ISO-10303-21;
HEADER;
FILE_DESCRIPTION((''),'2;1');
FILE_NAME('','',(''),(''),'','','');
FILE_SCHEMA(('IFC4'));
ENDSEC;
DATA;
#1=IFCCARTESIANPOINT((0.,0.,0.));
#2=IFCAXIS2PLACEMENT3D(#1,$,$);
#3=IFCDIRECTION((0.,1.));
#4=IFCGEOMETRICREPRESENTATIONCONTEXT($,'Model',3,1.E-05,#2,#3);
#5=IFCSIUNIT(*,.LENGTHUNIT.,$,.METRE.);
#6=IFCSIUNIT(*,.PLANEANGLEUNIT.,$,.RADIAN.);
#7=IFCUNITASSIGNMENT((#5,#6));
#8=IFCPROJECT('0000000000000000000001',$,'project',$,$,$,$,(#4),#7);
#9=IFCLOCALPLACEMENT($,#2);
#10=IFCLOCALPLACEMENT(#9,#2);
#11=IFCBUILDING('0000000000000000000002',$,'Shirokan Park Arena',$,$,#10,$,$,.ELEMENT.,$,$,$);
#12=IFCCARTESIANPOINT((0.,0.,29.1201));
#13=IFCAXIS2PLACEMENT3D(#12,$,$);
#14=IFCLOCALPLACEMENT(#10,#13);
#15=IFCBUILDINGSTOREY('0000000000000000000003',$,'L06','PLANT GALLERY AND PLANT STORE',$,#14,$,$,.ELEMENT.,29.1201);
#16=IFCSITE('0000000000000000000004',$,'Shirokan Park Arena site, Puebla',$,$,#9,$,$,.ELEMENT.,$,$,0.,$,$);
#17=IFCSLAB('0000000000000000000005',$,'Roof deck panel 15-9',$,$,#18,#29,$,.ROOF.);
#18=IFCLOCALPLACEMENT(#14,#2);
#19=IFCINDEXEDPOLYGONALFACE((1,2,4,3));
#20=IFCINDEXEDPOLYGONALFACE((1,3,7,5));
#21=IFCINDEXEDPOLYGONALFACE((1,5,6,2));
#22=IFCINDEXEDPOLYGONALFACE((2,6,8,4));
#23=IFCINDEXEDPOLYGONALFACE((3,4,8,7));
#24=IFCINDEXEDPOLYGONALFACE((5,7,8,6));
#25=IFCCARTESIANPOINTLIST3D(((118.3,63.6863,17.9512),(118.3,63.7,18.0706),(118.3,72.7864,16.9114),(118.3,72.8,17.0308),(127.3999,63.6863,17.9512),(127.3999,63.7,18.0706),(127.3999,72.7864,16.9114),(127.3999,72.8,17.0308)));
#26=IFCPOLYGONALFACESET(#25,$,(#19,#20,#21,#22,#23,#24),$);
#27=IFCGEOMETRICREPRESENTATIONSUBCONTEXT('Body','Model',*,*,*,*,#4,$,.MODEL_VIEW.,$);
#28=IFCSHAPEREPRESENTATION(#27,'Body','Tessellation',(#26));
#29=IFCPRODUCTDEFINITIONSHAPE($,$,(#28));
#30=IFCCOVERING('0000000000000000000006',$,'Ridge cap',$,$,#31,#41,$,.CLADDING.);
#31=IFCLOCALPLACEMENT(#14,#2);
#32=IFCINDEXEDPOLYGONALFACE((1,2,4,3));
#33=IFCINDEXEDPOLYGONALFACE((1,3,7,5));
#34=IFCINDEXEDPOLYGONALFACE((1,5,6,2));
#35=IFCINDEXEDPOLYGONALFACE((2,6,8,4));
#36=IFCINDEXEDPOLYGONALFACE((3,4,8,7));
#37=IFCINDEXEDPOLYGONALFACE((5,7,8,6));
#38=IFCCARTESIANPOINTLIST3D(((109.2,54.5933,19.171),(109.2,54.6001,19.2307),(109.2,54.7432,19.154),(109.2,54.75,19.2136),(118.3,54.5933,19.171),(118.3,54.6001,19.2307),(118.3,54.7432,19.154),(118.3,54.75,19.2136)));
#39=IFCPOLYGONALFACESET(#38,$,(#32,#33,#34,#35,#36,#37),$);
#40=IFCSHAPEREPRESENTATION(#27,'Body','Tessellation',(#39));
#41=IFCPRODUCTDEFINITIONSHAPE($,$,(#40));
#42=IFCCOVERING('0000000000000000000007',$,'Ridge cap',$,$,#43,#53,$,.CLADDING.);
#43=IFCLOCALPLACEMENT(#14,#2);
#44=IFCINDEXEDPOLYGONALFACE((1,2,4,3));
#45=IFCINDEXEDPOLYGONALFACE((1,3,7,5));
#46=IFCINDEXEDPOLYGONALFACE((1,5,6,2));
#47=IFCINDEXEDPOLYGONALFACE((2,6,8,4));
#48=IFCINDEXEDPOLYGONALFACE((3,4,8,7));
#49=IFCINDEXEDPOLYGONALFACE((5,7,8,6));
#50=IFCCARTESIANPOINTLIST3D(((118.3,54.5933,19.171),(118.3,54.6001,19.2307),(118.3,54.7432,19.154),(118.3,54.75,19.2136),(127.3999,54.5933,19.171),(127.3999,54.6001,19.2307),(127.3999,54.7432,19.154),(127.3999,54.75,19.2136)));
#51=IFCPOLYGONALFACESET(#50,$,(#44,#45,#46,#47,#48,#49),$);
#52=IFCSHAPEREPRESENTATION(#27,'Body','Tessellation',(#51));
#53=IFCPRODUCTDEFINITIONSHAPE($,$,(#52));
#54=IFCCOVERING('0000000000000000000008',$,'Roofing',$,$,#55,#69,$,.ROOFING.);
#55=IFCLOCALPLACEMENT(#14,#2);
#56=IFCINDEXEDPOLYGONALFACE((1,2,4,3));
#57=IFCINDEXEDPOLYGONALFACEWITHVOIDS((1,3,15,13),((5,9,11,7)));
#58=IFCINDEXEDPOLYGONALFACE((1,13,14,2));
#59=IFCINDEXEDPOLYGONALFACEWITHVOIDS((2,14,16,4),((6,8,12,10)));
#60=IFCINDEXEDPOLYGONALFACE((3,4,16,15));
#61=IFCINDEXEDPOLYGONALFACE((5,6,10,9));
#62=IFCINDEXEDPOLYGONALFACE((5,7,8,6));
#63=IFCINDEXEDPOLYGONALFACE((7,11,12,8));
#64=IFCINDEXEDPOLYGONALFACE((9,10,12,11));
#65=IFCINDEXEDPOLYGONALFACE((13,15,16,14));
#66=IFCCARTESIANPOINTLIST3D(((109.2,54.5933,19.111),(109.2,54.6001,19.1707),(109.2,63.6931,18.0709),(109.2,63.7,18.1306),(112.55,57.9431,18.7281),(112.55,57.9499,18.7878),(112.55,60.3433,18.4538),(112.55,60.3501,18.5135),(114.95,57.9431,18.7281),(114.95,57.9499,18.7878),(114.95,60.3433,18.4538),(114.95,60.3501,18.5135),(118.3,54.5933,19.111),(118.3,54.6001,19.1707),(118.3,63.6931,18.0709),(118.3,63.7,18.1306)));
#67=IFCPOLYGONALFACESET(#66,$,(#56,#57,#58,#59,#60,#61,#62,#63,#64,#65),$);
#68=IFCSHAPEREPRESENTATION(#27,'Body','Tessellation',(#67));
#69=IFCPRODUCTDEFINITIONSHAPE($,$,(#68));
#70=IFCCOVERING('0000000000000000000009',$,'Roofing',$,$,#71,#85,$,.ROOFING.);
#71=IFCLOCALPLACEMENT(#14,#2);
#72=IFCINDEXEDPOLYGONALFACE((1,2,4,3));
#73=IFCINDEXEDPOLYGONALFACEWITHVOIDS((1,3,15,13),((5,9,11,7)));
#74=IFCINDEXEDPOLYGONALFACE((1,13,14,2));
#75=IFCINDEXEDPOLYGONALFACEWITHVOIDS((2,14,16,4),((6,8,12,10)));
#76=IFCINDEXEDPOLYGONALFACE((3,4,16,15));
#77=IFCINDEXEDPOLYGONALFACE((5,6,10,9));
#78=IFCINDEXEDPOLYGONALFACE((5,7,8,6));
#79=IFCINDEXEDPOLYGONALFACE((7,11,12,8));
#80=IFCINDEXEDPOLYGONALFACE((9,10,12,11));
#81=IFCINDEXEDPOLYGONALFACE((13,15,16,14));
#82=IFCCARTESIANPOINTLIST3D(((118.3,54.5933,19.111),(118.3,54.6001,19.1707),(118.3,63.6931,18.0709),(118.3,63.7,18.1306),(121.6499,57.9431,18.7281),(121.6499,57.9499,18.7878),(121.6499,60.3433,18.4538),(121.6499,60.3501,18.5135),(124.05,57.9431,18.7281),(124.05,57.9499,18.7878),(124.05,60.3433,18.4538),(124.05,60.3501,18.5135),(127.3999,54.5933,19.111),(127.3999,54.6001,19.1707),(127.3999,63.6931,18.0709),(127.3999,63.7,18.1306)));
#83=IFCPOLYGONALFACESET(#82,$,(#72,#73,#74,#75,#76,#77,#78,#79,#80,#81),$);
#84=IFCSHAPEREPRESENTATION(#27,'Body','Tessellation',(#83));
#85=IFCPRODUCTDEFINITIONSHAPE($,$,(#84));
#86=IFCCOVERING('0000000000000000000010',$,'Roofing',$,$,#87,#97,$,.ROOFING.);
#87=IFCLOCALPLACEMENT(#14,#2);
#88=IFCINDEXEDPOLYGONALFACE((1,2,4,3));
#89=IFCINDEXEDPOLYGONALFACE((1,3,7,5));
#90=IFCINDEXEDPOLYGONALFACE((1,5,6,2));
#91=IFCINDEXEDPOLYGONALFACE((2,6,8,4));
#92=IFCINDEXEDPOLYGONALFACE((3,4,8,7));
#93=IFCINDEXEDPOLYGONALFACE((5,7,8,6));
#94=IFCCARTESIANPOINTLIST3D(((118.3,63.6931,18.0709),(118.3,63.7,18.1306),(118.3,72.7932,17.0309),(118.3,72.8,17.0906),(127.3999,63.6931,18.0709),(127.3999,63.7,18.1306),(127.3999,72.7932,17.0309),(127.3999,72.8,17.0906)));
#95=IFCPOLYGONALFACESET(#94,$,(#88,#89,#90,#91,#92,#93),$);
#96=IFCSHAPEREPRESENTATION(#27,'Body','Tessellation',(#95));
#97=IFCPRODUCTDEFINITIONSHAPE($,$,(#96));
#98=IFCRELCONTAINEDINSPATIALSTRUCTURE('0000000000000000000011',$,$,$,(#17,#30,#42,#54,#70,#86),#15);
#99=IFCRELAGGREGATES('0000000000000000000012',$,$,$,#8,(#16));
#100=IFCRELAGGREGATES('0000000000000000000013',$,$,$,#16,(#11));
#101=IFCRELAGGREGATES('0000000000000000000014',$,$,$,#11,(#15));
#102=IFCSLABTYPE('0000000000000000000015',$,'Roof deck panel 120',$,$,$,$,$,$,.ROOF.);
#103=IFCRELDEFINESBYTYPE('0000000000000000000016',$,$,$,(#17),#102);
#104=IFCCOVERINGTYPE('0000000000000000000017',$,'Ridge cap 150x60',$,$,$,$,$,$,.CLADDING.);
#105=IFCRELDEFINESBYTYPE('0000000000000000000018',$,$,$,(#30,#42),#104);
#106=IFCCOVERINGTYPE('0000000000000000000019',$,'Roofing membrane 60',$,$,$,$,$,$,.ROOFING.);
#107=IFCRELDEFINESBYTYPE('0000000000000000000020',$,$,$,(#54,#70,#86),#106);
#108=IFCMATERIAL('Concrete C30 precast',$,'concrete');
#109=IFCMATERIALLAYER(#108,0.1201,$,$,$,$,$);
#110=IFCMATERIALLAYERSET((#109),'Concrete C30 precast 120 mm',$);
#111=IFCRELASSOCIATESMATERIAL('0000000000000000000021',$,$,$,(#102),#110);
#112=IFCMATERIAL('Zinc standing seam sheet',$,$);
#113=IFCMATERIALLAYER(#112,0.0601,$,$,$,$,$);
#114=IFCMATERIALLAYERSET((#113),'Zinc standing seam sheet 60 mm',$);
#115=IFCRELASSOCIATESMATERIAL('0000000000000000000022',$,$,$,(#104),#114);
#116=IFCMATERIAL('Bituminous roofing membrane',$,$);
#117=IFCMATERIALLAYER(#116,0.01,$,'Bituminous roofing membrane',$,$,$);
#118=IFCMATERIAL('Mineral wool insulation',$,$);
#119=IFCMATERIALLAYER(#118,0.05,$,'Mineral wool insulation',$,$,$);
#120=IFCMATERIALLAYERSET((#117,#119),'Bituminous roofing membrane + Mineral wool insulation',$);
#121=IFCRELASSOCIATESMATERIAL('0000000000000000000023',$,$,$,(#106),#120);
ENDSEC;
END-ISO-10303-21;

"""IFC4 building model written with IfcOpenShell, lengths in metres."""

from ifc_helpers import new_model, si_unit, direction, frame, origin, place, context, subcontext, project, spatial, polyline, outline, extrude, material, layer, layer_set, type_object, element, save


model = new_model("IFC4")

# Units and contexts
model_context = context("Model", 3, precision=1e-05, world=origin(), true_north=direction((0.0, 1.0)))
body_context = subcontext(model_context, "Body", "Model", "MODEL_VIEW")
ifc_project = project(units=[si_unit("LENGTHUNIT", "METRE"), si_unit("PLANEANGLEUNIT", "RADIAN")], contexts=[model_context])

# Site, building, storey
site_placement = place(None, origin())
site = spatial("IfcSite", under=ifc_project, at=site_placement, Name="Shirokan Park Arena site, Puebla", CompositionType="ELEMENT", RefElevation=0.0)
building_placement = place(site_placement, origin())
building = spatial("IfcBuilding", under=site, at=building_placement, Name="Shirokan Park Arena", CompositionType="ELEMENT")
storey_placement = place(building_placement, frame((0.0, 0.0, 29.1201)))
storey = spatial("IfcBuildingStorey", under=building, at=storey_placement, Name="L06", Description="PLANT GALLERY AND PLANT STORE", CompositionType="ELEMENT", Elevation=29.1201)

# Shared definitions
ifc_material_1 = material(Name="Concrete C30 precast", Category="concrete")
ifc_layer_1 = layer(ifc_material_1, 0.1201)
ifc_layer_set_1 = layer_set([ifc_layer_1], Name="Concrete C30 precast 120 mm")
slab_type = type_object("IfcSlabType", Name="Roof deck panel 120", PredefinedType="ROOF", material=ifc_layer_set_1)

# Slab
slab_1_placement = place(storey_placement, frame((118.3, 63.7, 18.0706), z_axis=(0.0, 0.113523, 0.993535), x_axis=(1.0, 0.0, 0.0)))
element("IfcSlab", 1, at=slab_1_placement, inside=storey, type_object=slab_type, Name="Roof deck panel 15-9", PredefinedType="ROOF", context=body_context, shape_type="SweptSolid", body=[
    extrude(outline(polyline([(0.0, 0.0), (9.0999, 0.0), (9.0999, 9.1593), (0.0, 9.1593), (0.0, 0.0)])), origin(), (0.0, 0.0, -1.0), 0.1201),
])

# Coverings
ifc_material_2 = material(Name="Zinc standing seam sheet")
ifc_layer_2 = layer(ifc_material_2, 0.0601)
ifc_layer_set_2 = layer_set([ifc_layer_2], Name="Zinc standing seam sheet 60 mm")
covering_type_1 = type_object("IfcCoveringType", Name="Ridge cap 150x60", PredefinedType="CLADDING", material=ifc_layer_set_2)
covering_1_placement = place(storey_placement, frame((109.2, 54.6001, 19.2307), z_axis=(0.0, 0.113273, 0.993564), x_axis=(1.0, 0.0, 0.0)))
element("IfcCovering", 2, at=covering_1_placement, inside=storey, type_object=covering_type_1, Name="Ridge cap", PredefinedType="CLADDING", context=body_context, shape_type="SweptSolid", body=[
    extrude(outline(polyline([(0.0, 0.0), (9.1001, 0.0), (9.1001, 0.1509), (0.0, 0.1509), (0.0, 0.0)])), origin(), (0.0, 0.0, -1.0), 0.0601),
])
covering_2_placement = place(storey_placement, frame((118.3, 54.6001, 19.2307), z_axis=(0.0, 0.113273, 0.993564), x_axis=(1.0, 0.0, 0.0)))
element("IfcCovering", 3, at=covering_2_placement, inside=storey, type_object=covering_type_1, Name="Ridge cap", PredefinedType="CLADDING", context=body_context, shape_type="SweptSolid", body=[
    extrude(outline(polyline([(0.0, 0.0), (9.0999, 0.0), (9.0999, 0.1509), (0.0, 0.1509), (0.0, 0.0)])), origin(), (0.0, 0.0, -1.0), 0.0601),
])
ifc_material_3 = material(Name="Bituminous roofing membrane")
ifc_layer_3 = layer(ifc_material_3, 0.01, Name="Bituminous roofing membrane")
ifc_material_4 = material(Name="Mineral wool insulation")
ifc_layer_4 = layer(ifc_material_4, 0.05, Name="Mineral wool insulation")
ifc_layer_set_3 = layer_set([ifc_layer_3, ifc_layer_4], Name="Bituminous roofing membrane + Mineral wool insulation")
covering_type_2 = type_object("IfcCoveringType", Name="Roofing membrane 60", PredefinedType="ROOFING", material=ifc_layer_set_3)
covering_3_placement = place(storey_placement, frame((109.2, 54.6001, 19.1707), z_axis=(0.0, 0.113553, 0.993532), x_axis=(1.0, 0.0, 0.0)))
element("IfcCovering", 4, at=covering_3_placement, inside=storey, type_object=covering_type_2, Name="Roofing", PredefinedType="ROOFING", context=body_context, shape_type="SweptSolid", body=[
    extrude(outline(polyline([(0.0, 0.0), (9.1001, 0.0), (9.1001, 9.1591), (0.0, 9.1591), (0.0, 0.0)]), holes=[polyline([(5.75, 3.3717), (5.75, 5.7874), (3.3501, 5.7874), (3.3501, 3.3717), (5.75, 3.3717)])]), origin(), (0.0, 0.0, -1.0), 0.0601),
])
covering_4_placement = place(storey_placement, frame((118.3, 54.6001, 19.1707), z_axis=(0.0, 0.113553, 0.993532), x_axis=(1.0, 0.0, 0.0)))
element("IfcCovering", 5, at=covering_4_placement, inside=storey, type_object=covering_type_2, Name="Roofing", PredefinedType="ROOFING", context=body_context, shape_type="SweptSolid", body=[
    extrude(outline(polyline([(0.0, 0.0), (9.0999, 0.0), (9.0999, 9.1591), (0.0, 9.1591), (0.0, 0.0)]), holes=[polyline([(5.75, 3.3717), (5.75, 5.7874), (3.3499, 5.7874), (3.3499, 3.3717), (5.75, 3.3717)])]), origin(), (0.0, 0.0, -1.0), 0.0601),
])
covering_5_placement = place(storey_placement, frame((118.3, 63.7, 18.1306), z_axis=(0.0, 0.11355, 0.993532), x_axis=(1.0, 0.0, 0.0)))
element("IfcCovering", 6, at=covering_5_placement, inside=storey, type_object=covering_type_2, Name="Roofing", PredefinedType="ROOFING", context=body_context, shape_type="SweptSolid", body=[
    extrude(outline(polyline([(0.0, 0.0), (9.0999, 0.0), (9.0999, 9.1593), (0.0, 9.1593), (0.0, 0.0)])), origin(), (0.0, 0.0, -1.0), 0.0601),
])

save(model, "model.ifc")
